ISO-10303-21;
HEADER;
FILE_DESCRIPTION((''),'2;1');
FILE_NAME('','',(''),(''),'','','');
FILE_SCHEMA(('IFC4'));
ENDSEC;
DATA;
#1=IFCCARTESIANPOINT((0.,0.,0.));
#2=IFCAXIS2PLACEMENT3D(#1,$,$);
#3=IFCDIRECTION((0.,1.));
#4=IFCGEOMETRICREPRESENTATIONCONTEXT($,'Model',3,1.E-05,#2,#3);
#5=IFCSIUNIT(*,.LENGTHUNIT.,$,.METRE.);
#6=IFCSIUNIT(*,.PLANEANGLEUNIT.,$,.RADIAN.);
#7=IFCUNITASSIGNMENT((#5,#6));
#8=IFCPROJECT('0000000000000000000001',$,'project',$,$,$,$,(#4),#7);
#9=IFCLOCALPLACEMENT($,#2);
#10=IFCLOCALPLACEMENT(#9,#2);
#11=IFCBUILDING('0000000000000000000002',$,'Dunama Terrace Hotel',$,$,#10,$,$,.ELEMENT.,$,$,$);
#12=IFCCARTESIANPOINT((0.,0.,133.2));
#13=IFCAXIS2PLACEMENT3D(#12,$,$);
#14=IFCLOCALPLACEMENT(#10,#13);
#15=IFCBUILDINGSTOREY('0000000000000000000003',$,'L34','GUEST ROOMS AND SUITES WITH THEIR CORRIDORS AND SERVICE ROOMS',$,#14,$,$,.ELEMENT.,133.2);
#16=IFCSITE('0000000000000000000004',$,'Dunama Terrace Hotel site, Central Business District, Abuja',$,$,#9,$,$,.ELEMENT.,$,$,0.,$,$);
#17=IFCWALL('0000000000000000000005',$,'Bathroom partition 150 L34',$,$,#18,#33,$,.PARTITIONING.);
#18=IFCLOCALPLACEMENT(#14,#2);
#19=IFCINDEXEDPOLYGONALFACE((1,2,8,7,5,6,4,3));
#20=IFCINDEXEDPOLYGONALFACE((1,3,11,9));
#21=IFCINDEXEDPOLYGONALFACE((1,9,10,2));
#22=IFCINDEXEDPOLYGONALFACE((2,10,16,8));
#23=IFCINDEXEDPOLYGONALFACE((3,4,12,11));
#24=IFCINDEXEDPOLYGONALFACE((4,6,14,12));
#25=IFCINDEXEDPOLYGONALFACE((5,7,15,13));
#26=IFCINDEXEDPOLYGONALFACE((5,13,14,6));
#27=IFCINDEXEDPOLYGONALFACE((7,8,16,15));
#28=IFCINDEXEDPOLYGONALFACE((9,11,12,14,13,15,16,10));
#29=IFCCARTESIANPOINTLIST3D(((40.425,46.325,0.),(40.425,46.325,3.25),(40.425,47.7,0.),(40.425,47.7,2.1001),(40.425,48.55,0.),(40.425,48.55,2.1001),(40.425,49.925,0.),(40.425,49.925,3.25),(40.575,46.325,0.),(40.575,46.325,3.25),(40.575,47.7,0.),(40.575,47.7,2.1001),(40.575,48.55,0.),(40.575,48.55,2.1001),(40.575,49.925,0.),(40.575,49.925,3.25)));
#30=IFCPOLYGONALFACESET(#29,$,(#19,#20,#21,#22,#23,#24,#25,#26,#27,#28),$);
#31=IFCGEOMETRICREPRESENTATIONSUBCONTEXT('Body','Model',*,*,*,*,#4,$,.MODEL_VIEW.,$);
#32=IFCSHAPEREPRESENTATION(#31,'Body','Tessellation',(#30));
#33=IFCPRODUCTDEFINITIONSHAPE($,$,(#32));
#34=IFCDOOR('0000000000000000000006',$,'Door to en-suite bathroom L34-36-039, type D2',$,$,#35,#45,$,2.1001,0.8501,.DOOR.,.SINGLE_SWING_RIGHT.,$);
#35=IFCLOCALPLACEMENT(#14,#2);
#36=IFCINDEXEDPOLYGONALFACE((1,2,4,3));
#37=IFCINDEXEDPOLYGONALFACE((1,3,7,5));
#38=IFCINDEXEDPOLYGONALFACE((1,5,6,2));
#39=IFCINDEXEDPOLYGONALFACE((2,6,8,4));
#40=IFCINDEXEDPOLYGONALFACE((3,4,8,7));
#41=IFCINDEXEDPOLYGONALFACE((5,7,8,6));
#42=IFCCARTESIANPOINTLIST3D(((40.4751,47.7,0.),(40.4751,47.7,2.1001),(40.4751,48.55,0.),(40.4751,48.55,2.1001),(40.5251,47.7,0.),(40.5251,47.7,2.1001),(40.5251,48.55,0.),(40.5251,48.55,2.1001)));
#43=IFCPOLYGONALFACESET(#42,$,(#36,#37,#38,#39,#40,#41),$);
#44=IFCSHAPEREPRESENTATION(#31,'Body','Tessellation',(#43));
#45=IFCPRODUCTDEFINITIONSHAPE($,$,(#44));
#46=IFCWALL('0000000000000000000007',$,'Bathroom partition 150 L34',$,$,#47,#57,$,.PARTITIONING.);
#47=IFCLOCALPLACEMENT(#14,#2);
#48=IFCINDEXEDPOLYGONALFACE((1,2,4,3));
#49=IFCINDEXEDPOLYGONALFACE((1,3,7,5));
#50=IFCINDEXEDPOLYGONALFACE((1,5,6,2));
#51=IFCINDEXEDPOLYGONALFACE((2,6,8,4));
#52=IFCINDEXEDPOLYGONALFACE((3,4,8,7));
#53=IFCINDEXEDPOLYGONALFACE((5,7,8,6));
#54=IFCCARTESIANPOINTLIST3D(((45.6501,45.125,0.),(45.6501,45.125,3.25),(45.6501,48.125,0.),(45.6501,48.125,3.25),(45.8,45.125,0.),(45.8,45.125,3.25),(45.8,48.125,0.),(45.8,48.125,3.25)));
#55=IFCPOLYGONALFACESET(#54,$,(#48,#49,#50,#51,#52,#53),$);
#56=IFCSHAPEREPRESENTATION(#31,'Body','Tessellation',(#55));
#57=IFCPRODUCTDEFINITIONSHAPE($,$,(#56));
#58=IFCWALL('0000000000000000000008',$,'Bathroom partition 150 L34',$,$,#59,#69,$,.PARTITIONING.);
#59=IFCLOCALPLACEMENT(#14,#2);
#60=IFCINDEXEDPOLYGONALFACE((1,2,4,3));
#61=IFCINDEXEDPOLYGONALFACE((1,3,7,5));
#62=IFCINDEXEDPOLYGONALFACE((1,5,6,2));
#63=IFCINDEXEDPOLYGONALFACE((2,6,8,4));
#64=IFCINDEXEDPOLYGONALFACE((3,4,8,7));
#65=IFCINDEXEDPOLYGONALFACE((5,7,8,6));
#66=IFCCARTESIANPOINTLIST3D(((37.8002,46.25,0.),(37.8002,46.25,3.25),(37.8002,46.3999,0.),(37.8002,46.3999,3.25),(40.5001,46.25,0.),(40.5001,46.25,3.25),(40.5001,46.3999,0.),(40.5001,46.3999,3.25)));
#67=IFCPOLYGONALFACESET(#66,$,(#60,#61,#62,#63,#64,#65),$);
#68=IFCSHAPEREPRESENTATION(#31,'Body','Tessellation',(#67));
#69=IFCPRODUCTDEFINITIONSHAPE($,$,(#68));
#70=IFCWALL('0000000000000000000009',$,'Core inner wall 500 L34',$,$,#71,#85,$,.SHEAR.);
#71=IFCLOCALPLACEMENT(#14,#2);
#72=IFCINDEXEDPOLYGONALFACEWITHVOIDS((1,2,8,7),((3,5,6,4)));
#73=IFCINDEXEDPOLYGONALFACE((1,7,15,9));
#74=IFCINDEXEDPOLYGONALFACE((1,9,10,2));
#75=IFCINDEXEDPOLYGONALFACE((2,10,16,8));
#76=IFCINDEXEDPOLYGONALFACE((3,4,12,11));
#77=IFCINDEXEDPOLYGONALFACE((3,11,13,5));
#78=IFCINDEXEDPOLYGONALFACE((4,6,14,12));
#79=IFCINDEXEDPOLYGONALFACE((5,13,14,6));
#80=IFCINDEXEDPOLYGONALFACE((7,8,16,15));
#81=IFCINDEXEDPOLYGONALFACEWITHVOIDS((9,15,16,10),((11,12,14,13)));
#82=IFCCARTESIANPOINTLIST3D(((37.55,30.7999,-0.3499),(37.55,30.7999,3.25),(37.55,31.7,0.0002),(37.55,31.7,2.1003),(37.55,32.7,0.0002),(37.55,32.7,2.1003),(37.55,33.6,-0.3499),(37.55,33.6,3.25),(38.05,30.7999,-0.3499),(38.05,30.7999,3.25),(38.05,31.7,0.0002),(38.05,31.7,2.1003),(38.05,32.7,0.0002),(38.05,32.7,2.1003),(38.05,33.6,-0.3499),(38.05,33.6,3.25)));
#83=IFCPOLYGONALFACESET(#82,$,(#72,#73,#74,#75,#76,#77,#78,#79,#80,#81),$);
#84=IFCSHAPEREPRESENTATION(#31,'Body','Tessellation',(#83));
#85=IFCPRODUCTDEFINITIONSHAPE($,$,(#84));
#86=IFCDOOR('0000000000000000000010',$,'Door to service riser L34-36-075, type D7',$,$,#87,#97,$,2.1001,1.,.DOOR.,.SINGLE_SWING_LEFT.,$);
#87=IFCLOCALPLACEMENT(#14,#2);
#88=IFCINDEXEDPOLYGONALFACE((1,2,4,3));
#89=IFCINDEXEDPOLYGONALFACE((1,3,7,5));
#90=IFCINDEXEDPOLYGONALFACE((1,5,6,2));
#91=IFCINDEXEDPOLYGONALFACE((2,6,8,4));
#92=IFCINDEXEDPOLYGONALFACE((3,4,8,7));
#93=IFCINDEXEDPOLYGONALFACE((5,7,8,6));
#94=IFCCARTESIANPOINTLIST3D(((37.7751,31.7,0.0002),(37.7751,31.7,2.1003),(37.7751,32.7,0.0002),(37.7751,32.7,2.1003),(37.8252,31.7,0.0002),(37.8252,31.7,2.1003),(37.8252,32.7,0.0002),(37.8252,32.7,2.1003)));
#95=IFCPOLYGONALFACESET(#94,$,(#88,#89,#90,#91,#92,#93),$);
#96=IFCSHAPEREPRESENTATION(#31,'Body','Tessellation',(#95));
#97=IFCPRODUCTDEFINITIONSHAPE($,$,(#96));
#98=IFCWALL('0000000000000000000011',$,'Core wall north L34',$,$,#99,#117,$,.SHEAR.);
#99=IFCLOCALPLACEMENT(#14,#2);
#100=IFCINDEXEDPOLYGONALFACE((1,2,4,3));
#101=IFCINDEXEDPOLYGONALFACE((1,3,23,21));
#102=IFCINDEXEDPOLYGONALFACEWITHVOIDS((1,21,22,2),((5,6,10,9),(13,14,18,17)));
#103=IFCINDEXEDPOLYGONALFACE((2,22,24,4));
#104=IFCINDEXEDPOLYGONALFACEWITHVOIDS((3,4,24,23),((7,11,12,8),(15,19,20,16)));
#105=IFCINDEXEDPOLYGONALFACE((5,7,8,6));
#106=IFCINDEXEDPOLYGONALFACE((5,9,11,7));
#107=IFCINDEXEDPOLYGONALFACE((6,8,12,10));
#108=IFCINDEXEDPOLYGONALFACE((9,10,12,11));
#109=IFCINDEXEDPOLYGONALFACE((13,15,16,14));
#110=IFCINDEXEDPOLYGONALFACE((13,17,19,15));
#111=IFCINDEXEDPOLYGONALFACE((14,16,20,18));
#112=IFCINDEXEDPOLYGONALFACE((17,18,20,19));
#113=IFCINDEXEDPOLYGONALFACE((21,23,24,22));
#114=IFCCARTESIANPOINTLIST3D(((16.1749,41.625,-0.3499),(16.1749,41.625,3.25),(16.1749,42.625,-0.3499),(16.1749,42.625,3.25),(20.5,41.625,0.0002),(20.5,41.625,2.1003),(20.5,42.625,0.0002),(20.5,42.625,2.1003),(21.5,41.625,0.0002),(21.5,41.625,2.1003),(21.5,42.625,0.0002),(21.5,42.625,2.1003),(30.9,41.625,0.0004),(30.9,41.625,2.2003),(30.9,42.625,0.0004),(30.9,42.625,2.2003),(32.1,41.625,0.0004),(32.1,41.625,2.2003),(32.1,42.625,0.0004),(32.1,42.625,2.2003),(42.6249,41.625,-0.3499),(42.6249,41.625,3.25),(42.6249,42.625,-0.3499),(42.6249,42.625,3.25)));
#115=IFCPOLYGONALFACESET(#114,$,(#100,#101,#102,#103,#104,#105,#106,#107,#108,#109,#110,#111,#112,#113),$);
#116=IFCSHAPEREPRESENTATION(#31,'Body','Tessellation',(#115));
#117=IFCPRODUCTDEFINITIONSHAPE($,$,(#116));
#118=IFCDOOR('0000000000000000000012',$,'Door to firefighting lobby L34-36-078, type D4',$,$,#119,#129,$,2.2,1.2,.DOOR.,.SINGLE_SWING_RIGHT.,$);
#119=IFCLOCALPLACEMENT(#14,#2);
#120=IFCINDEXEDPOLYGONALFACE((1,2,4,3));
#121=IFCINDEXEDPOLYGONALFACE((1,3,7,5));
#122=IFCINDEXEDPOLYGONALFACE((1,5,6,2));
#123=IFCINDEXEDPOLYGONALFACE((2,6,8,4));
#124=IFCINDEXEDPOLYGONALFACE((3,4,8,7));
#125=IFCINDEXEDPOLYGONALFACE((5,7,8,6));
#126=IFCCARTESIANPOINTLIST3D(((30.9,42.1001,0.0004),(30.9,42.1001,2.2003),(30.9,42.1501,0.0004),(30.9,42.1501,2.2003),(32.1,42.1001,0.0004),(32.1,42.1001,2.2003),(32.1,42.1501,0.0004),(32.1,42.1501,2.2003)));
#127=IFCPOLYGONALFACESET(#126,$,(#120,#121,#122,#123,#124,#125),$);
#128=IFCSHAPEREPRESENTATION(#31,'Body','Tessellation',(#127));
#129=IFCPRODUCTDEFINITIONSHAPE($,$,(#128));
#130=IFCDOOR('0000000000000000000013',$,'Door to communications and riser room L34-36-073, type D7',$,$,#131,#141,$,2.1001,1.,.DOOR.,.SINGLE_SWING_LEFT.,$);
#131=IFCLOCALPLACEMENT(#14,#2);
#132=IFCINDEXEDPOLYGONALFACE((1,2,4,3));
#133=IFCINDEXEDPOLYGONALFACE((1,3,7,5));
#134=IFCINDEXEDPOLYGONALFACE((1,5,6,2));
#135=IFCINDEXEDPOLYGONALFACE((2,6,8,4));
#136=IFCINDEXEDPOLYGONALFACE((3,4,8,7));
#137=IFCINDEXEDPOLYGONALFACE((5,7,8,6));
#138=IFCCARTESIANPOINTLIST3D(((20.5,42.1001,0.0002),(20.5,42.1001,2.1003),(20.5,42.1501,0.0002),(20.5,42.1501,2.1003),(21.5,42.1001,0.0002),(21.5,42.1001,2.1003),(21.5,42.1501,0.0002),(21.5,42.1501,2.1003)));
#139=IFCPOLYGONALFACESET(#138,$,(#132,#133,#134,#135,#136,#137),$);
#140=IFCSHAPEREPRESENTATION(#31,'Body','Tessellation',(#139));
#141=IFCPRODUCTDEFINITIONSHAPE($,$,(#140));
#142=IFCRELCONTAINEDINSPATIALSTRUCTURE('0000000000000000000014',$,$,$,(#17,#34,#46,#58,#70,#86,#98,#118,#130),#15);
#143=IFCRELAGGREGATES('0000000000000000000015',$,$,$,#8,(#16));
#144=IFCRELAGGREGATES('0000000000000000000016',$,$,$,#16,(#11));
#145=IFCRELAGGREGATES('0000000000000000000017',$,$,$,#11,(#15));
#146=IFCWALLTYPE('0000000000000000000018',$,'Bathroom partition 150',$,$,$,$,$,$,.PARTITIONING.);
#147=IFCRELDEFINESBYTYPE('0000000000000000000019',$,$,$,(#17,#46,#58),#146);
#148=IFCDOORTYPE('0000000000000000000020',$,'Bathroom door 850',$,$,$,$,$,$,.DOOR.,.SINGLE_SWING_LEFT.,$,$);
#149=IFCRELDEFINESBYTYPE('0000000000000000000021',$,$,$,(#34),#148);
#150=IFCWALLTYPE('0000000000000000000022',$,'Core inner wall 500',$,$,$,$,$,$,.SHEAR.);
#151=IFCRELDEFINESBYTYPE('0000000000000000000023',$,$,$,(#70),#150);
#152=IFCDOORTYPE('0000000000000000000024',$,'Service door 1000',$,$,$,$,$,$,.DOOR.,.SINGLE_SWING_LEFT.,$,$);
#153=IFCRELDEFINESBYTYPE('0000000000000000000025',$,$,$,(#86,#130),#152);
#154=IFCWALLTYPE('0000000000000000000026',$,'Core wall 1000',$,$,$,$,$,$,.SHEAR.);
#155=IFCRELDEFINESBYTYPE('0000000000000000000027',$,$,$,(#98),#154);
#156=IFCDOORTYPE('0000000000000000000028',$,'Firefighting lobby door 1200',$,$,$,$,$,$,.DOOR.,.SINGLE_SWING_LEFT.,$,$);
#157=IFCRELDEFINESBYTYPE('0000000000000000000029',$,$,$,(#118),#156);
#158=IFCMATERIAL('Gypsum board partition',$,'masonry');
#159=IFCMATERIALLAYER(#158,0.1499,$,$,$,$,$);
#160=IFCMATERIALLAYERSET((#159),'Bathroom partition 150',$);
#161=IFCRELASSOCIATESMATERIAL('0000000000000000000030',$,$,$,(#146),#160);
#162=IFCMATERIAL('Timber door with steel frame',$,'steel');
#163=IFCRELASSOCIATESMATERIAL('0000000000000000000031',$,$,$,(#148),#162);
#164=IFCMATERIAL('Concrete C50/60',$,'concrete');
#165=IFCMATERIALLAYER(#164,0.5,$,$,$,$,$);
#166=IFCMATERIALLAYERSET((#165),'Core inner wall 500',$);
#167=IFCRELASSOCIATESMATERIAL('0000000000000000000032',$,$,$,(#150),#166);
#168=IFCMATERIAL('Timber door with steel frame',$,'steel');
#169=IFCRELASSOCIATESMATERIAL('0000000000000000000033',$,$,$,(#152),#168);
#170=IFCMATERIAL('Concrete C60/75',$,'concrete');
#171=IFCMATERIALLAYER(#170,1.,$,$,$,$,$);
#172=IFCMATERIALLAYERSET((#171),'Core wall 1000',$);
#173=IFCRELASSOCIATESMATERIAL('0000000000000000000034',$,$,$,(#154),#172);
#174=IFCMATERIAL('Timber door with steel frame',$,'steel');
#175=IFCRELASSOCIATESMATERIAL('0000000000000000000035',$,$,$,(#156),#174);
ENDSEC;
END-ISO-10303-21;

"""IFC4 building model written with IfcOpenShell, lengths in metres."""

from ifc_helpers import new_model, si_unit, direction, frame, frame_2d, origin, place, context, subcontext, project, spatial, rectangle, extrude, material, layer, layer_set, type_object, element, fill, save


model = new_model("IFC4")

# Units and contexts
model_context = context("Model", 3, precision=1e-05, world=origin(), true_north=direction((0.0, 1.0)))
body_context = subcontext(model_context, "Body", "Model", "MODEL_VIEW")
ifc_project = project(units=[si_unit("LENGTHUNIT", "METRE"), si_unit("PLANEANGLEUNIT", "RADIAN")], contexts=[model_context])

# Site, building, storey
site_placement = place(None, origin())
site = spatial("IfcSite", under=ifc_project, at=site_placement, Name="Dunama Terrace Hotel site, Central Business District, Abuja", CompositionType="ELEMENT", RefElevation=0.0)
building_placement = place(site_placement, origin())
building = spatial("IfcBuilding", under=site, at=building_placement, Name="Dunama Terrace Hotel", CompositionType="ELEMENT")
storey_placement = place(building_placement, frame((0.0, 0.0, 133.2)))
storey = spatial("IfcBuildingStorey", under=building, at=storey_placement, Name="L34", Description="GUEST ROOMS AND SUITES WITH THEIR CORRIDORS AND SERVICE ROOMS", CompositionType="ELEMENT", Elevation=133.2)

# Wall, opening, door
ifc_material_1 = material(Name="Gypsum board partition", Category="masonry")
ifc_layer_1 = layer(ifc_material_1, 0.1499)
ifc_layer_set_1 = layer_set([ifc_layer_1], Name="Bathroom partition 150")
wall_type_1 = type_object("IfcWallType", Name="Bathroom partition 150", PredefinedType="PARTITIONING", material=ifc_layer_set_1)
wall_1_placement = place(storey_placement, frame((40.5, 46.325, 0.0), z_axis=(0.0, 0.0, 1.0), x_axis=(0.0, 1.0, 0.0)))
wall_1 = element("IfcWall", 1, at=wall_1_placement, inside=storey, type_object=wall_type_1, Name="Bathroom partition 150 L34", PredefinedType="PARTITIONING", context=body_context, shape_type="SweptSolid", body=[
    extrude(rectangle(XDim=3.6001, YDim=0.1499, at=frame_2d((1.8, 0.0))), origin(), (0.0, 0.0, 1.0), 3.25),
])
opening_1_placement = place(wall_1_placement, frame((1.375, 0.0, 0.0)))
opening_1 = element("IfcOpeningElement", 2, at=opening_1_placement, cuts=wall_1, PredefinedType="OPENING", context=body_context, shape_type="SweptSolid", body=[
    extrude(rectangle(XDim=0.8501, YDim=2.1001, at=frame_2d((0.425, 1.05))), frame((0.0, 0.085, 0.0), z_axis=(0.0, -1.0, 0.0), x_axis=(1.0, 0.0, 0.0)), (0.0, 0.0, 1.0), 0.1699),
])
ifc_material_2 = material(Name="Timber door with steel frame", Category="steel")
door_type_1 = type_object("IfcDoorType", Name="Bathroom door 850", OperationType="SINGLE_SWING_LEFT", PredefinedType="DOOR", material=ifc_material_2)
door_1_placement = place(opening_1_placement, origin())
door_1 = element("IfcDoor", 3, at=door_1_placement, inside=storey, type_object=door_type_1, Name="Door to en-suite bathroom L34-36-039, type D2", OperationType="SINGLE_SWING_RIGHT", OverallHeight=2.1001, OverallWidth=0.8501, PredefinedType="DOOR", context=body_context, shape_type="SweptSolid", body=[
    extrude(rectangle(XDim=0.8501, YDim=2.1001, at=frame_2d((0.425, 1.05))), frame((0.0, 0.0249, 0.0), z_axis=(0.0, -1.0, 0.0), x_axis=(1.0, 0.0, 0.0)), (0.0, 0.0, 1.0), 0.05),
])
fill(opening_1, door_1)

# Walls
wall_2_placement = place(storey_placement, frame((45.7251, 45.125, 0.0), z_axis=(0.0, 0.0, 1.0), x_axis=(0.0, 1.0, 0.0)))
element("IfcWall", 4, at=wall_2_placement, inside=storey, type_object=wall_type_1, Name="Bathroom partition 150 L34", PredefinedType="PARTITIONING", context=body_context, shape_type="SweptSolid", body=[
    extrude(rectangle(XDim=3.0, YDim=0.1499, at=frame_2d((1.5, 0.0))), origin(), (0.0, 0.0, 1.0), 3.25),
])
wall_3_placement = place(storey_placement, frame((37.8, 46.325, 0.0), z_axis=(0.0, 0.0, 1.0), x_axis=(1.0, 0.0, 0.0)))
element("IfcWall", 5, at=wall_3_placement, inside=storey, type_object=wall_type_1, Name="Bathroom partition 150 L34", PredefinedType="PARTITIONING", context=body_context, shape_type="SweptSolid", body=[
    extrude(rectangle(XDim=2.7, YDim=0.1499, at=frame_2d((1.3501, 0.0))), origin(), (0.0, 0.0, 1.0), 3.25),
])

# Wall, opening, door
ifc_material_3 = material(Name="Concrete C50/60", Category="concrete")
ifc_layer_2 = layer(ifc_material_3, 0.5)
ifc_layer_set_2 = layer_set([ifc_layer_2], Name="Core inner wall 500")
wall_type_2 = type_object("IfcWallType", Name="Core inner wall 500", PredefinedType="SHEAR", material=ifc_layer_set_2)
wall_4_placement = place(storey_placement, frame((37.8, 30.8, -0.3499), z_axis=(0.0, 0.0, 1.0), x_axis=(0.0, 1.0, 0.0)))
wall_4 = element("IfcWall", 6, at=wall_4_placement, inside=storey, type_object=wall_type_2, Name="Core inner wall 500 L34", PredefinedType="SHEAR", context=body_context, shape_type="SweptSolid", body=[
    extrude(rectangle(XDim=2.8, YDim=0.5, at=frame_2d((1.3999, 0.0))), origin(), (0.0, 0.0, 1.0), 3.5999),
])
opening_2_placement = place(wall_4_placement, frame((0.8999, 0.0, 0.3501)))
opening_2 = element("IfcOpeningElement", 7, at=opening_2_placement, cuts=wall_4, PredefinedType="OPENING", context=body_context, shape_type="SweptSolid", body=[
    extrude(rectangle(XDim=1.0, YDim=2.1001, at=frame_2d((0.5, 1.05))), frame((0.0, 0.26, 0.0), z_axis=(0.0, -1.0, 0.0), x_axis=(1.0, 0.0, 0.0)), (0.0, 0.0, 1.0), 0.52),
])
ifc_material_4 = material(Name="Timber door with steel frame", Category="steel")
door_type_2 = type_object("IfcDoorType", Name="Service door 1000", OperationType="SINGLE_SWING_LEFT", PredefinedType="DOOR", material=ifc_material_4)
door_2_placement = place(opening_2_placement, frame((1.0, 0.0, 0.0), z_axis=(0.0, 0.0, 1.0), x_axis=(-1.0, 0.0, 0.0)))
door_2 = element("IfcDoor", 8, at=door_2_placement, inside=storey, type_object=door_type_2, Name="Door to service riser L34-36-075, type D7", OperationType="SINGLE_SWING_LEFT", OverallHeight=2.1001, OverallWidth=1.0, PredefinedType="DOOR", context=body_context, shape_type="SweptSolid", body=[
    extrude(rectangle(XDim=1.0, YDim=2.1001, at=frame_2d((0.5, 1.05))), frame((0.0, 0.0251, 0.0), z_axis=(0.0, -1.0, 0.0), x_axis=(1.0, 0.0, 0.0)), (0.0, 0.0, 1.0), 0.05),
])
fill(opening_2, door_2)

# Wall, openings, doors
ifc_material_5 = material(Name="Concrete C60/75", Category="concrete")
ifc_layer_3 = layer(ifc_material_5, 1.0)
ifc_layer_set_3 = layer_set([ifc_layer_3], Name="Core wall 1000")
wall_type_3 = type_object("IfcWallType", Name="Core wall 1000", PredefinedType="SHEAR", material=ifc_layer_set_3)
wall_5_placement = place(storey_placement, frame((42.625, 42.125, -0.3499), z_axis=(0.0, 0.0, 1.0), x_axis=(-1.0, 0.0, 0.0)))
wall_5 = element("IfcWall", 9, at=wall_5_placement, inside=storey, type_object=wall_type_3, Name="Core wall north L34", PredefinedType="SHEAR", context=body_context, shape_type="SweptSolid", body=[
    extrude(rectangle(XDim=26.45, YDim=1.0, at=frame_2d((13.2251, 0.0))), origin(), (0.0, 0.0, 1.0), 3.5999),
])
opening_3_placement = place(wall_5_placement, frame((21.125, 0.0, 0.3501)))
opening_3 = element("IfcOpeningElement", 10, at=opening_3_placement, cuts=wall_5, PredefinedType="OPENING", context=body_context, shape_type="SweptSolid", body=[
    extrude(rectangle(XDim=1.0, YDim=2.1001, at=frame_2d((0.5, 1.05))), frame((0.0, 0.51, 0.0), z_axis=(0.0, -1.0, 0.0), x_axis=(1.0, 0.0, 0.0)), (0.0, 0.0, 1.0), 1.02),
])
opening_4_placement = place(wall_5_placement, frame((10.5249, 0.0, 0.3501)))
opening_4 = element("IfcOpeningElement", 11, at=opening_4_placement, cuts=wall_5, PredefinedType="OPENING", context=body_context, shape_type="SweptSolid", body=[
    extrude(rectangle(XDim=1.2, YDim=2.2, at=frame_2d((0.6001, 1.1001))), frame((0.0, 0.51, 0.0), z_axis=(0.0, -1.0, 0.0), x_axis=(1.0, 0.0, 0.0)), (0.0, 0.0, 1.0), 1.02),
])
ifc_material_6 = material(Name="Timber door with steel frame", Category="steel")
door_type_3 = type_object("IfcDoorType", Name="Firefighting lobby door 1200", OperationType="SINGLE_SWING_LEFT", PredefinedType="DOOR", material=ifc_material_6)
door_3_placement = place(opening_4_placement, origin())
door_3 = element("IfcDoor", 12, at=door_3_placement, inside=storey, type_object=door_type_3, Name="Door to firefighting lobby L34-36-078, type D4", OperationType="SINGLE_SWING_RIGHT", OverallHeight=2.2, OverallWidth=1.2, PredefinedType="DOOR", context=body_context, shape_type="SweptSolid", body=[
    extrude(rectangle(XDim=1.2, YDim=2.2, at=frame_2d((0.6001, 1.1001))), frame((0.0, 0.0249, 0.0), z_axis=(0.0, -1.0, 0.0), x_axis=(1.0, 0.0, 0.0)), (0.0, 0.0, 1.0), 0.05),
])
fill(opening_4, door_3)
door_4_placement = place(opening_3_placement, origin())
door_4 = element("IfcDoor", 13, at=door_4_placement, inside=storey, type_object=door_type_2, Name="Door to communications and riser room L34-36-073, type D7", OperationType="SINGLE_SWING_LEFT", OverallHeight=2.1001, OverallWidth=1.0, PredefinedType="DOOR", context=body_context, shape_type="SweptSolid", body=[
    extrude(rectangle(XDim=1.0, YDim=2.1001, at=frame_2d((0.5, 1.05))), frame((0.0, 0.0249, 0.0), z_axis=(0.0, -1.0, 0.0), x_axis=(1.0, 0.0, 0.0)), (0.0, 0.0, 1.0), 0.05),
])
fill(opening_3, door_4)

save(model, "model.ifc")
